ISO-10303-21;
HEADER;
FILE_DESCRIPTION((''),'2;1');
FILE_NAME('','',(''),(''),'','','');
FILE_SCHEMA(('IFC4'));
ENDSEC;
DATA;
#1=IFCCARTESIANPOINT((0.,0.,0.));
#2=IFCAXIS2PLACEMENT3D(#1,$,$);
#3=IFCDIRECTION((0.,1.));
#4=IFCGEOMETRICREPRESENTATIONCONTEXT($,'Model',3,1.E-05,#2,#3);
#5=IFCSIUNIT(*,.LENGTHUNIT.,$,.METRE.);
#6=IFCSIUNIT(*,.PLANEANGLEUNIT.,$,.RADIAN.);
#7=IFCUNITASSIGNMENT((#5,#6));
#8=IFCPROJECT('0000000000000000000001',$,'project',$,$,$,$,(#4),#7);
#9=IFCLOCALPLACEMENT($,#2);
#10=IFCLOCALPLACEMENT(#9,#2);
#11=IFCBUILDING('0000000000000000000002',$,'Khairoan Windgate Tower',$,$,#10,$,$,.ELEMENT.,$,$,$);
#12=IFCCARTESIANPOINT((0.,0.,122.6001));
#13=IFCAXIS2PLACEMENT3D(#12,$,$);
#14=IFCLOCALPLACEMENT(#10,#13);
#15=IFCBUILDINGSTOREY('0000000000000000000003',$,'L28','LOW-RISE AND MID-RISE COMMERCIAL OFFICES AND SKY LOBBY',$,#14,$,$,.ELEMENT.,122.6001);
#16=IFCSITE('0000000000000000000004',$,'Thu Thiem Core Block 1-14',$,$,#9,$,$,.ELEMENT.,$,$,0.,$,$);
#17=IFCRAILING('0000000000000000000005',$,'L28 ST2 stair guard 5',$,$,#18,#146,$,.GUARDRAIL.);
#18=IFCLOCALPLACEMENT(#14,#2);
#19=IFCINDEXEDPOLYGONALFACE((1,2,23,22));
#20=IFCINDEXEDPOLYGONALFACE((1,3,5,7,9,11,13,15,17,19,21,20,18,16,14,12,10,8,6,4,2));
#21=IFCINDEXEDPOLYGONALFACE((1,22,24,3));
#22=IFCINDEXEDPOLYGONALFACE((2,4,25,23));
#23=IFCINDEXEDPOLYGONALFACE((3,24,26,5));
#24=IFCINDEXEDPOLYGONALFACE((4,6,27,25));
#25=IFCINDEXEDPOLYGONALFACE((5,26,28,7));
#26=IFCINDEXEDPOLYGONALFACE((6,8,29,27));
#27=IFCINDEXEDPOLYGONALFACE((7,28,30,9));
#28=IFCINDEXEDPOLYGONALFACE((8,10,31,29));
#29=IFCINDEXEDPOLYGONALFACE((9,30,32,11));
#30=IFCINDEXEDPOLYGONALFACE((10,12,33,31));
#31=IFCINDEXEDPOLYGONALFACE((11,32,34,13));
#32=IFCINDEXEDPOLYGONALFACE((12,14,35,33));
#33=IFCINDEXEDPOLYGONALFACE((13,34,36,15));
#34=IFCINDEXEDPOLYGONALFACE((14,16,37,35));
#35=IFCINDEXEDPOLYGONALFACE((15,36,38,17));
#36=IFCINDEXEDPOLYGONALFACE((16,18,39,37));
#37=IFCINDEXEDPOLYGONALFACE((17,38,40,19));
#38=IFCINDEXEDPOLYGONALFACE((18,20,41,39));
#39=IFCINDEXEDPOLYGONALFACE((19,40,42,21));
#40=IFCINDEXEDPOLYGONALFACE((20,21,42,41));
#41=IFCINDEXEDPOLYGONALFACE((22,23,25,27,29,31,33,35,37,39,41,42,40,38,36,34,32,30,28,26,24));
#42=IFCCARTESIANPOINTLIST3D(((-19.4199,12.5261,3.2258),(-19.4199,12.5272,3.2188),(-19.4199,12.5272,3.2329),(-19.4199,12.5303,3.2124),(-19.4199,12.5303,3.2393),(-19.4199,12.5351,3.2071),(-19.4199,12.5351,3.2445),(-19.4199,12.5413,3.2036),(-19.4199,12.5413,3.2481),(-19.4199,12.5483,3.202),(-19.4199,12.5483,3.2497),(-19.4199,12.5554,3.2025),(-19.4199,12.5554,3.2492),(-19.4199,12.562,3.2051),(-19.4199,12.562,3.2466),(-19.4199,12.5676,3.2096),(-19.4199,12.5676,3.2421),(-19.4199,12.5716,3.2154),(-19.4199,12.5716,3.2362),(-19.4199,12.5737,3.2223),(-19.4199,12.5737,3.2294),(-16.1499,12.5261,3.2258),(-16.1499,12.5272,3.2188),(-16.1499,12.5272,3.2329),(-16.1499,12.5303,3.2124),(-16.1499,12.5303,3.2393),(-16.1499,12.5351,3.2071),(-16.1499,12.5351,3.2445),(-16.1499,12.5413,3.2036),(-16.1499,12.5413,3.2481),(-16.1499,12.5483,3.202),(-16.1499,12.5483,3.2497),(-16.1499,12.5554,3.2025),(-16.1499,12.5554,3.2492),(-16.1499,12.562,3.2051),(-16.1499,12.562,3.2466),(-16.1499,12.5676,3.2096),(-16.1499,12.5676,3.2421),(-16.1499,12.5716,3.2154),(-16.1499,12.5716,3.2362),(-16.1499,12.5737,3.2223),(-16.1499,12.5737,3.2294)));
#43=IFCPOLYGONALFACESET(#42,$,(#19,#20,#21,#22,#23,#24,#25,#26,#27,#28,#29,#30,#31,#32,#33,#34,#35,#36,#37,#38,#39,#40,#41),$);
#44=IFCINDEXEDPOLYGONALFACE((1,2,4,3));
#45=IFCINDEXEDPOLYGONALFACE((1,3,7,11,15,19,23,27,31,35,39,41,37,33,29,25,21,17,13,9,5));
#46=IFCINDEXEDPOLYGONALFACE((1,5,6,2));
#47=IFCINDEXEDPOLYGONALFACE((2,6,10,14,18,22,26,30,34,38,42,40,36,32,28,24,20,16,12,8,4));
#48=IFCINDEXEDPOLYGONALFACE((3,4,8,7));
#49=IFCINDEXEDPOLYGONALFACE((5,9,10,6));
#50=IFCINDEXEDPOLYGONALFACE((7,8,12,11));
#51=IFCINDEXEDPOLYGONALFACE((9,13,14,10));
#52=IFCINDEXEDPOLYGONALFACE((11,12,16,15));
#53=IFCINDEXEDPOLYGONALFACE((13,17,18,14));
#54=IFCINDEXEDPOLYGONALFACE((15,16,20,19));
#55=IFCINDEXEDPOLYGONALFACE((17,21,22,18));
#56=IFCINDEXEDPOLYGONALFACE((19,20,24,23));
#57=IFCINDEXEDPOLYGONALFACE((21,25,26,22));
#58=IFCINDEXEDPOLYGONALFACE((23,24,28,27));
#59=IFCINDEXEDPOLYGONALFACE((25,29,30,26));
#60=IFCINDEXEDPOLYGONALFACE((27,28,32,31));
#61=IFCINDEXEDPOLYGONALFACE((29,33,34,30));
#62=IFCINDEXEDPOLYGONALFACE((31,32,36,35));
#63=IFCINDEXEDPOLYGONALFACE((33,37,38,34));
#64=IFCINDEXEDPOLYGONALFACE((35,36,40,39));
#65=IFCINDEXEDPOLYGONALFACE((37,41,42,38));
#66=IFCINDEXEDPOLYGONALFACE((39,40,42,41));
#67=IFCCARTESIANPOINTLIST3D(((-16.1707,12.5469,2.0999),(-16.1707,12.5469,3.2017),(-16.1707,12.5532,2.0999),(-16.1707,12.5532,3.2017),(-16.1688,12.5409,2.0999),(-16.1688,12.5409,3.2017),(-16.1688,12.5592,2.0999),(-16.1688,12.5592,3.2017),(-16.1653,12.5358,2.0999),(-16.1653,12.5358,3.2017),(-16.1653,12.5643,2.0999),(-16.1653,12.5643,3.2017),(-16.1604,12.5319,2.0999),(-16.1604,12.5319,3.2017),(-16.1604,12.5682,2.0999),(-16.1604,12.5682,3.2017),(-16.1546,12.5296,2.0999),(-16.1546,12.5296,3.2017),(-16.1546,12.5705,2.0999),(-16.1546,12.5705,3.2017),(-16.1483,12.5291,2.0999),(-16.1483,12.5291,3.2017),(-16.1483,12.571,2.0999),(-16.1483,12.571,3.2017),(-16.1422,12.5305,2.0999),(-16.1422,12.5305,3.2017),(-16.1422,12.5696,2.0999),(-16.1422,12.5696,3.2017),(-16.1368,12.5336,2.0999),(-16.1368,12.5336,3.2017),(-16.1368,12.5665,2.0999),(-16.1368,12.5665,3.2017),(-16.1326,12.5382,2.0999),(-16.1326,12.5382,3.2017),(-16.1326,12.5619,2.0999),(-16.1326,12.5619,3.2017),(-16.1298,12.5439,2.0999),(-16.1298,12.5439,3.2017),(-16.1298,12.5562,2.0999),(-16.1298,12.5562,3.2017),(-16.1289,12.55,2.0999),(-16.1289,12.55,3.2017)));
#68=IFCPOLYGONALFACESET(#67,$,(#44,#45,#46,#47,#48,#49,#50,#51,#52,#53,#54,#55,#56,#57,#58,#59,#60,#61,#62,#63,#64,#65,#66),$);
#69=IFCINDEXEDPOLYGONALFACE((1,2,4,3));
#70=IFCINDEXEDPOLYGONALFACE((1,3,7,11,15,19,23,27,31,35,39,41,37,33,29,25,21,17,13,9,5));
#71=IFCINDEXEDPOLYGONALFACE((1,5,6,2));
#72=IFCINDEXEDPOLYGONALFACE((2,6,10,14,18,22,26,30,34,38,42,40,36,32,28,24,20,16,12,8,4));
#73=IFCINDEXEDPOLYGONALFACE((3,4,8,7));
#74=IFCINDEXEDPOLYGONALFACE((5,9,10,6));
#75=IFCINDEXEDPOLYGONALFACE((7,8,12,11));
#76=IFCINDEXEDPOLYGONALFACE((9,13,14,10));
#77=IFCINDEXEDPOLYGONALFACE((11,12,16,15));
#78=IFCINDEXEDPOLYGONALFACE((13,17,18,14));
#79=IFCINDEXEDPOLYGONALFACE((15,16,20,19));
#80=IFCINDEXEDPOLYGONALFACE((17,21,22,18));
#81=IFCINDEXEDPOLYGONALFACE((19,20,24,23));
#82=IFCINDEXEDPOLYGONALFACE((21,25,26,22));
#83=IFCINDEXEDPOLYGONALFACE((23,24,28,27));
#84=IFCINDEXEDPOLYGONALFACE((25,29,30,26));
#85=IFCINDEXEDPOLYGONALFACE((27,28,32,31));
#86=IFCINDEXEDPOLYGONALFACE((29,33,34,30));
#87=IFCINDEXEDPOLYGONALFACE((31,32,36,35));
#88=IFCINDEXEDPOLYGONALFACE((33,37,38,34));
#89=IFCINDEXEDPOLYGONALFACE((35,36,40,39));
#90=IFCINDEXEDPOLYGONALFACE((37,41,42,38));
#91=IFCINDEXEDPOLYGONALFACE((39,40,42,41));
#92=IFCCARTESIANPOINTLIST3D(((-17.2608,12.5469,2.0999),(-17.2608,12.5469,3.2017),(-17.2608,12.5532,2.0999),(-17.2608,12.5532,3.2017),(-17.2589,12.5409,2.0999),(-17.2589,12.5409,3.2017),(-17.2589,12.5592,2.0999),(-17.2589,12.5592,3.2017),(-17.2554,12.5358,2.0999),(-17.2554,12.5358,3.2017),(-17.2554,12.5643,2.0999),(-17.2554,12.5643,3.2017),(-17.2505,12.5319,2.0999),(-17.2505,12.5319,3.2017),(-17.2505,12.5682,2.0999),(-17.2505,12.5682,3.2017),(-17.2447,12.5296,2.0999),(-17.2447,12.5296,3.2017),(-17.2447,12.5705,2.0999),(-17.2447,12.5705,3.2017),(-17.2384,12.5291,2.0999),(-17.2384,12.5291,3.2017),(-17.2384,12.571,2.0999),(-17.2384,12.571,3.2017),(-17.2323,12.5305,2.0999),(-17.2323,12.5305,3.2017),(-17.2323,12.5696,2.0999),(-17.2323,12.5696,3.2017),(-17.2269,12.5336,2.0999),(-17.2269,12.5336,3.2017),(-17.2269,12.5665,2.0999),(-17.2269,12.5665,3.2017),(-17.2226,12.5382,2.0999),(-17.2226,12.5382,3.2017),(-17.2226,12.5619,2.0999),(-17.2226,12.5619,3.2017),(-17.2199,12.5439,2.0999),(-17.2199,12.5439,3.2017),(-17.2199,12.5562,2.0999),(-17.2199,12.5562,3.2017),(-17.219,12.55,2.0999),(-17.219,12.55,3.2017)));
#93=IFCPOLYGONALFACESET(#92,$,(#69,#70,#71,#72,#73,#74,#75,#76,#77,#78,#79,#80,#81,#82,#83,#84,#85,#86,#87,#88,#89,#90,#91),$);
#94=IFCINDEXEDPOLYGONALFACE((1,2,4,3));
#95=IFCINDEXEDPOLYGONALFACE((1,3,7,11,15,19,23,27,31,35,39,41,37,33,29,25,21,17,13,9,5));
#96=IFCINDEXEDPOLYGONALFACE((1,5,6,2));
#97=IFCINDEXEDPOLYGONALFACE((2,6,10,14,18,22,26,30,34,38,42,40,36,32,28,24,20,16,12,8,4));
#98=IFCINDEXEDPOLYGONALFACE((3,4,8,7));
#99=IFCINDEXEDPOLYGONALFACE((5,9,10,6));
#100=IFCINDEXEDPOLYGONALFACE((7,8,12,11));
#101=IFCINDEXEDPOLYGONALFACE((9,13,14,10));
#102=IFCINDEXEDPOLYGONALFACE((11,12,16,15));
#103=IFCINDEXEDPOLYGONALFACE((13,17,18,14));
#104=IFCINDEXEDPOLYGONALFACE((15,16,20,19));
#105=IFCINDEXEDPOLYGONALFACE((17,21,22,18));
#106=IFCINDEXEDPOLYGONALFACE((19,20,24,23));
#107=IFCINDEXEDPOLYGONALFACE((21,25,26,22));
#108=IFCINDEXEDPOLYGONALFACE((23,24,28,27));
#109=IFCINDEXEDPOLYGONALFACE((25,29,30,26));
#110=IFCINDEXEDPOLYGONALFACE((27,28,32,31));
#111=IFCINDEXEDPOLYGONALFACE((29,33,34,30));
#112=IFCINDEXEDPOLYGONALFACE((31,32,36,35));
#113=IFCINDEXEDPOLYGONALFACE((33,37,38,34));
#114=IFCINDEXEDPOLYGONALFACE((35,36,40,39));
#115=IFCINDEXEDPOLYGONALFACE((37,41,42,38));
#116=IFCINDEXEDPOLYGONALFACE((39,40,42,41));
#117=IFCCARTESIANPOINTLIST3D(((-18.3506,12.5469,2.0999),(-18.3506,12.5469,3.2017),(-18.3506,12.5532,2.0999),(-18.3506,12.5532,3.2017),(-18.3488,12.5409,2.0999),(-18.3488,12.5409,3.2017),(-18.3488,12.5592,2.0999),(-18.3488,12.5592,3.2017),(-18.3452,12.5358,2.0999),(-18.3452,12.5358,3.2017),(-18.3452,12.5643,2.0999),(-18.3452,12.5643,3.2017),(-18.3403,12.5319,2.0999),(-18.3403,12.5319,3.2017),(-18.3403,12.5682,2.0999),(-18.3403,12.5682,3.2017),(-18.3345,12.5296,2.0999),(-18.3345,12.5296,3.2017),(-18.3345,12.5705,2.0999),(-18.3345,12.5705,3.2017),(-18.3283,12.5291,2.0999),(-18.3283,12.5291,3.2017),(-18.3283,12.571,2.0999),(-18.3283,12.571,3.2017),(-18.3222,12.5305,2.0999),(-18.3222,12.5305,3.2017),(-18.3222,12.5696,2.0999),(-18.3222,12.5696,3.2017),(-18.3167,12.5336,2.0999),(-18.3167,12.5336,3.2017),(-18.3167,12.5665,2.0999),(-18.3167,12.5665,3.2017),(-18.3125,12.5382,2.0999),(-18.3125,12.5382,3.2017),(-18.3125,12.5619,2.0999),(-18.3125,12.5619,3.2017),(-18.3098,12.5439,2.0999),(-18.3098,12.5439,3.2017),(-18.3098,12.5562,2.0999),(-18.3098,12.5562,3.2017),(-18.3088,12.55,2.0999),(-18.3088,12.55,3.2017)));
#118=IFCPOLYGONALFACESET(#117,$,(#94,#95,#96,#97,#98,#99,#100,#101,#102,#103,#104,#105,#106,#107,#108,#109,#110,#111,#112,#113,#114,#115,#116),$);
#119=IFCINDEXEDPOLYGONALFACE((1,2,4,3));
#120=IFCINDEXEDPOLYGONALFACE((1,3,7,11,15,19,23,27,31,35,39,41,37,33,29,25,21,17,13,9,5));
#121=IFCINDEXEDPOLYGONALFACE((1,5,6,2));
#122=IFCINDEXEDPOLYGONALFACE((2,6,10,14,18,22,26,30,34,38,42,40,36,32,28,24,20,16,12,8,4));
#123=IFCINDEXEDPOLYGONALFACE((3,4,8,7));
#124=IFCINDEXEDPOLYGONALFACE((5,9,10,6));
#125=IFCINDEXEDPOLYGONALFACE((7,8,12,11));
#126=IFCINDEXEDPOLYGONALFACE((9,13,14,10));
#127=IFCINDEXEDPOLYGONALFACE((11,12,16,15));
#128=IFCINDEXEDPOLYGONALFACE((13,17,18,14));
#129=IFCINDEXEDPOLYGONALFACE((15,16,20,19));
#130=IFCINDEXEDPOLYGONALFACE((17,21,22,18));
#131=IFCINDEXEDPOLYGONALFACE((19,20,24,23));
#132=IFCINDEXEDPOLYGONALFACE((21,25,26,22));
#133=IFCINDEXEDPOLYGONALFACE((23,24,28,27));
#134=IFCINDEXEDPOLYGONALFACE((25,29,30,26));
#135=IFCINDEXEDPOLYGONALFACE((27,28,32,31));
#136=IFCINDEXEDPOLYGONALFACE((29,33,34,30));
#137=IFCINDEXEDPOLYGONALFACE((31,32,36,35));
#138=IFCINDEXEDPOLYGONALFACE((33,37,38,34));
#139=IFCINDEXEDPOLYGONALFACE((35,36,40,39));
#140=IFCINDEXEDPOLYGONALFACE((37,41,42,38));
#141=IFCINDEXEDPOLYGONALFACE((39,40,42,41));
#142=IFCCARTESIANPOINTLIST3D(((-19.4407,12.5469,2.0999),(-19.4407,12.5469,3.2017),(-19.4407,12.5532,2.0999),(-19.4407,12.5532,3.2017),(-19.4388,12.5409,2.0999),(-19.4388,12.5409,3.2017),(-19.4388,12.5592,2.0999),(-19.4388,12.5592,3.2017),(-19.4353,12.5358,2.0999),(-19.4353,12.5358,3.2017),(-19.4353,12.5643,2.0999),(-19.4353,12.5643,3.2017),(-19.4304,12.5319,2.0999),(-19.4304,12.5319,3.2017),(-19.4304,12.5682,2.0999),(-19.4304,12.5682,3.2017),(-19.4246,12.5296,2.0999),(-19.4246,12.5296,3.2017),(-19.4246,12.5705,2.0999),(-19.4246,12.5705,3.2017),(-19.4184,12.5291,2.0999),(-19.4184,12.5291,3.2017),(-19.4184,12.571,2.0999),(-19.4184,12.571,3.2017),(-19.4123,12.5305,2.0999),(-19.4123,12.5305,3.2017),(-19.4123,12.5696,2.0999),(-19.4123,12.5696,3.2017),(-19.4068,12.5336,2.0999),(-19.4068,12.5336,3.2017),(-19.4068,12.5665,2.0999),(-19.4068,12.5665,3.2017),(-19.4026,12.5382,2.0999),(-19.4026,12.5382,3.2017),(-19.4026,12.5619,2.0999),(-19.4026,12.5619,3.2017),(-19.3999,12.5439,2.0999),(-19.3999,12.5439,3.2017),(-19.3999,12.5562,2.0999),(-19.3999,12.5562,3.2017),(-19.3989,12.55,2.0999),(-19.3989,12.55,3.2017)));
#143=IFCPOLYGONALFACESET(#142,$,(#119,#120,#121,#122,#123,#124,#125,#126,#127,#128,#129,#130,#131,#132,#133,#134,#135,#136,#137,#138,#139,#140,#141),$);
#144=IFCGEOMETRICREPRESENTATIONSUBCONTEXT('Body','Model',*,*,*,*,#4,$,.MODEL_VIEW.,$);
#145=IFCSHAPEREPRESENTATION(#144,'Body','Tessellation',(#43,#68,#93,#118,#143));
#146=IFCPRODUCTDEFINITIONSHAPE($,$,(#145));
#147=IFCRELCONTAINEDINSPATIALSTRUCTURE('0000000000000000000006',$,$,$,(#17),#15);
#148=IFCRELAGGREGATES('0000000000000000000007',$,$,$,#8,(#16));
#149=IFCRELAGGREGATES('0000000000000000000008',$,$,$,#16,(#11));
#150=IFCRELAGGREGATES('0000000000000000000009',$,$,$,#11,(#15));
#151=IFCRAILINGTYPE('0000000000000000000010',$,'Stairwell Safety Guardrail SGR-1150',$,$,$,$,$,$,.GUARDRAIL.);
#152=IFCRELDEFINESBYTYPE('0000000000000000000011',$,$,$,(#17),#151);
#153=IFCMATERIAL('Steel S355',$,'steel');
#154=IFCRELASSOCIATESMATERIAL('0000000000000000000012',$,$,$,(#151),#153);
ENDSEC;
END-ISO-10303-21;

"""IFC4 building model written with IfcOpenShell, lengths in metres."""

from ifc_helpers import new_model, si_unit, direction, frame, origin, origin_2d, place, context, subcontext, project, spatial, circle, extrude, material, type_object, element, save


model = new_model("IFC4")

# Units and contexts
model_context = context("Model", 3, precision=1e-05, world=origin(), true_north=direction((0.0, 1.0)))
body_context = subcontext(model_context, "Body", "Model", "MODEL_VIEW")
ifc_project = project(units=[si_unit("LENGTHUNIT", "METRE"), si_unit("PLANEANGLEUNIT", "RADIAN")], contexts=[model_context])

# Site, building, storey
site_placement = place(None, origin())
site = spatial("IfcSite", under=ifc_project, at=site_placement, Name="Thu Thiem Core Block 1-14", CompositionType="ELEMENT", RefElevation=0.0)
building_placement = place(site_placement, origin())
building = spatial("IfcBuilding", under=site, at=building_placement, Name="Khairoan Windgate Tower", CompositionType="ELEMENT")
storey_placement = place(building_placement, frame((0.0, 0.0, 122.6001)))
storey = spatial("IfcBuildingStorey", under=building, at=storey_placement, Name="L28", Description="LOW-RISE AND MID-RISE COMMERCIAL OFFICES AND SKY LOBBY", CompositionType="ELEMENT", Elevation=122.6001)

# Railing
ifc_material_1 = material(Name="Steel S355", Category="steel")
railing_type = type_object("IfcRailingType", Name="Stairwell Safety Guardrail SGR-1150", PredefinedType="GUARDRAIL", material=ifc_material_1)
railing_1_placement = place(storey_placement, frame((-16.1499, 12.55, 2.0999)))
element("IfcRailing", 1, at=railing_1_placement, inside=storey, type_object=railing_type, Name="L28 ST2 stair guard 5", PredefinedType="GUARDRAIL", context=body_context, shape_type="SweptSolid", body=[
    extrude(circle(Radius=0.0239, at=origin_2d()), frame((0.0, 0.0, 1.126), z_axis=(-1.0, 0.0, 0.0), x_axis=(0.0, -1.0, 0.0)), (0.0, 0.0, 1.0), 3.27),
    extrude(circle(Radius=0.021, at=origin_2d()), origin(), (0.0, 0.0, 1.0), 1.1018),
    extrude(circle(Radius=0.021, at=origin_2d()), frame((-1.0901, 0.0, 0.0)), (0.0, 0.0, 1.0), 1.1018),
    extrude(circle(Radius=0.021, at=origin_2d()), frame((-2.1799, 0.0, 0.0)), (0.0, 0.0, 1.0), 1.1018),
    extrude(circle(Radius=0.021, at=origin_2d()), frame((-3.27, 0.0, 0.0)), (0.0, 0.0, 1.0), 1.1018),
])

save(model, "model.ifc")
